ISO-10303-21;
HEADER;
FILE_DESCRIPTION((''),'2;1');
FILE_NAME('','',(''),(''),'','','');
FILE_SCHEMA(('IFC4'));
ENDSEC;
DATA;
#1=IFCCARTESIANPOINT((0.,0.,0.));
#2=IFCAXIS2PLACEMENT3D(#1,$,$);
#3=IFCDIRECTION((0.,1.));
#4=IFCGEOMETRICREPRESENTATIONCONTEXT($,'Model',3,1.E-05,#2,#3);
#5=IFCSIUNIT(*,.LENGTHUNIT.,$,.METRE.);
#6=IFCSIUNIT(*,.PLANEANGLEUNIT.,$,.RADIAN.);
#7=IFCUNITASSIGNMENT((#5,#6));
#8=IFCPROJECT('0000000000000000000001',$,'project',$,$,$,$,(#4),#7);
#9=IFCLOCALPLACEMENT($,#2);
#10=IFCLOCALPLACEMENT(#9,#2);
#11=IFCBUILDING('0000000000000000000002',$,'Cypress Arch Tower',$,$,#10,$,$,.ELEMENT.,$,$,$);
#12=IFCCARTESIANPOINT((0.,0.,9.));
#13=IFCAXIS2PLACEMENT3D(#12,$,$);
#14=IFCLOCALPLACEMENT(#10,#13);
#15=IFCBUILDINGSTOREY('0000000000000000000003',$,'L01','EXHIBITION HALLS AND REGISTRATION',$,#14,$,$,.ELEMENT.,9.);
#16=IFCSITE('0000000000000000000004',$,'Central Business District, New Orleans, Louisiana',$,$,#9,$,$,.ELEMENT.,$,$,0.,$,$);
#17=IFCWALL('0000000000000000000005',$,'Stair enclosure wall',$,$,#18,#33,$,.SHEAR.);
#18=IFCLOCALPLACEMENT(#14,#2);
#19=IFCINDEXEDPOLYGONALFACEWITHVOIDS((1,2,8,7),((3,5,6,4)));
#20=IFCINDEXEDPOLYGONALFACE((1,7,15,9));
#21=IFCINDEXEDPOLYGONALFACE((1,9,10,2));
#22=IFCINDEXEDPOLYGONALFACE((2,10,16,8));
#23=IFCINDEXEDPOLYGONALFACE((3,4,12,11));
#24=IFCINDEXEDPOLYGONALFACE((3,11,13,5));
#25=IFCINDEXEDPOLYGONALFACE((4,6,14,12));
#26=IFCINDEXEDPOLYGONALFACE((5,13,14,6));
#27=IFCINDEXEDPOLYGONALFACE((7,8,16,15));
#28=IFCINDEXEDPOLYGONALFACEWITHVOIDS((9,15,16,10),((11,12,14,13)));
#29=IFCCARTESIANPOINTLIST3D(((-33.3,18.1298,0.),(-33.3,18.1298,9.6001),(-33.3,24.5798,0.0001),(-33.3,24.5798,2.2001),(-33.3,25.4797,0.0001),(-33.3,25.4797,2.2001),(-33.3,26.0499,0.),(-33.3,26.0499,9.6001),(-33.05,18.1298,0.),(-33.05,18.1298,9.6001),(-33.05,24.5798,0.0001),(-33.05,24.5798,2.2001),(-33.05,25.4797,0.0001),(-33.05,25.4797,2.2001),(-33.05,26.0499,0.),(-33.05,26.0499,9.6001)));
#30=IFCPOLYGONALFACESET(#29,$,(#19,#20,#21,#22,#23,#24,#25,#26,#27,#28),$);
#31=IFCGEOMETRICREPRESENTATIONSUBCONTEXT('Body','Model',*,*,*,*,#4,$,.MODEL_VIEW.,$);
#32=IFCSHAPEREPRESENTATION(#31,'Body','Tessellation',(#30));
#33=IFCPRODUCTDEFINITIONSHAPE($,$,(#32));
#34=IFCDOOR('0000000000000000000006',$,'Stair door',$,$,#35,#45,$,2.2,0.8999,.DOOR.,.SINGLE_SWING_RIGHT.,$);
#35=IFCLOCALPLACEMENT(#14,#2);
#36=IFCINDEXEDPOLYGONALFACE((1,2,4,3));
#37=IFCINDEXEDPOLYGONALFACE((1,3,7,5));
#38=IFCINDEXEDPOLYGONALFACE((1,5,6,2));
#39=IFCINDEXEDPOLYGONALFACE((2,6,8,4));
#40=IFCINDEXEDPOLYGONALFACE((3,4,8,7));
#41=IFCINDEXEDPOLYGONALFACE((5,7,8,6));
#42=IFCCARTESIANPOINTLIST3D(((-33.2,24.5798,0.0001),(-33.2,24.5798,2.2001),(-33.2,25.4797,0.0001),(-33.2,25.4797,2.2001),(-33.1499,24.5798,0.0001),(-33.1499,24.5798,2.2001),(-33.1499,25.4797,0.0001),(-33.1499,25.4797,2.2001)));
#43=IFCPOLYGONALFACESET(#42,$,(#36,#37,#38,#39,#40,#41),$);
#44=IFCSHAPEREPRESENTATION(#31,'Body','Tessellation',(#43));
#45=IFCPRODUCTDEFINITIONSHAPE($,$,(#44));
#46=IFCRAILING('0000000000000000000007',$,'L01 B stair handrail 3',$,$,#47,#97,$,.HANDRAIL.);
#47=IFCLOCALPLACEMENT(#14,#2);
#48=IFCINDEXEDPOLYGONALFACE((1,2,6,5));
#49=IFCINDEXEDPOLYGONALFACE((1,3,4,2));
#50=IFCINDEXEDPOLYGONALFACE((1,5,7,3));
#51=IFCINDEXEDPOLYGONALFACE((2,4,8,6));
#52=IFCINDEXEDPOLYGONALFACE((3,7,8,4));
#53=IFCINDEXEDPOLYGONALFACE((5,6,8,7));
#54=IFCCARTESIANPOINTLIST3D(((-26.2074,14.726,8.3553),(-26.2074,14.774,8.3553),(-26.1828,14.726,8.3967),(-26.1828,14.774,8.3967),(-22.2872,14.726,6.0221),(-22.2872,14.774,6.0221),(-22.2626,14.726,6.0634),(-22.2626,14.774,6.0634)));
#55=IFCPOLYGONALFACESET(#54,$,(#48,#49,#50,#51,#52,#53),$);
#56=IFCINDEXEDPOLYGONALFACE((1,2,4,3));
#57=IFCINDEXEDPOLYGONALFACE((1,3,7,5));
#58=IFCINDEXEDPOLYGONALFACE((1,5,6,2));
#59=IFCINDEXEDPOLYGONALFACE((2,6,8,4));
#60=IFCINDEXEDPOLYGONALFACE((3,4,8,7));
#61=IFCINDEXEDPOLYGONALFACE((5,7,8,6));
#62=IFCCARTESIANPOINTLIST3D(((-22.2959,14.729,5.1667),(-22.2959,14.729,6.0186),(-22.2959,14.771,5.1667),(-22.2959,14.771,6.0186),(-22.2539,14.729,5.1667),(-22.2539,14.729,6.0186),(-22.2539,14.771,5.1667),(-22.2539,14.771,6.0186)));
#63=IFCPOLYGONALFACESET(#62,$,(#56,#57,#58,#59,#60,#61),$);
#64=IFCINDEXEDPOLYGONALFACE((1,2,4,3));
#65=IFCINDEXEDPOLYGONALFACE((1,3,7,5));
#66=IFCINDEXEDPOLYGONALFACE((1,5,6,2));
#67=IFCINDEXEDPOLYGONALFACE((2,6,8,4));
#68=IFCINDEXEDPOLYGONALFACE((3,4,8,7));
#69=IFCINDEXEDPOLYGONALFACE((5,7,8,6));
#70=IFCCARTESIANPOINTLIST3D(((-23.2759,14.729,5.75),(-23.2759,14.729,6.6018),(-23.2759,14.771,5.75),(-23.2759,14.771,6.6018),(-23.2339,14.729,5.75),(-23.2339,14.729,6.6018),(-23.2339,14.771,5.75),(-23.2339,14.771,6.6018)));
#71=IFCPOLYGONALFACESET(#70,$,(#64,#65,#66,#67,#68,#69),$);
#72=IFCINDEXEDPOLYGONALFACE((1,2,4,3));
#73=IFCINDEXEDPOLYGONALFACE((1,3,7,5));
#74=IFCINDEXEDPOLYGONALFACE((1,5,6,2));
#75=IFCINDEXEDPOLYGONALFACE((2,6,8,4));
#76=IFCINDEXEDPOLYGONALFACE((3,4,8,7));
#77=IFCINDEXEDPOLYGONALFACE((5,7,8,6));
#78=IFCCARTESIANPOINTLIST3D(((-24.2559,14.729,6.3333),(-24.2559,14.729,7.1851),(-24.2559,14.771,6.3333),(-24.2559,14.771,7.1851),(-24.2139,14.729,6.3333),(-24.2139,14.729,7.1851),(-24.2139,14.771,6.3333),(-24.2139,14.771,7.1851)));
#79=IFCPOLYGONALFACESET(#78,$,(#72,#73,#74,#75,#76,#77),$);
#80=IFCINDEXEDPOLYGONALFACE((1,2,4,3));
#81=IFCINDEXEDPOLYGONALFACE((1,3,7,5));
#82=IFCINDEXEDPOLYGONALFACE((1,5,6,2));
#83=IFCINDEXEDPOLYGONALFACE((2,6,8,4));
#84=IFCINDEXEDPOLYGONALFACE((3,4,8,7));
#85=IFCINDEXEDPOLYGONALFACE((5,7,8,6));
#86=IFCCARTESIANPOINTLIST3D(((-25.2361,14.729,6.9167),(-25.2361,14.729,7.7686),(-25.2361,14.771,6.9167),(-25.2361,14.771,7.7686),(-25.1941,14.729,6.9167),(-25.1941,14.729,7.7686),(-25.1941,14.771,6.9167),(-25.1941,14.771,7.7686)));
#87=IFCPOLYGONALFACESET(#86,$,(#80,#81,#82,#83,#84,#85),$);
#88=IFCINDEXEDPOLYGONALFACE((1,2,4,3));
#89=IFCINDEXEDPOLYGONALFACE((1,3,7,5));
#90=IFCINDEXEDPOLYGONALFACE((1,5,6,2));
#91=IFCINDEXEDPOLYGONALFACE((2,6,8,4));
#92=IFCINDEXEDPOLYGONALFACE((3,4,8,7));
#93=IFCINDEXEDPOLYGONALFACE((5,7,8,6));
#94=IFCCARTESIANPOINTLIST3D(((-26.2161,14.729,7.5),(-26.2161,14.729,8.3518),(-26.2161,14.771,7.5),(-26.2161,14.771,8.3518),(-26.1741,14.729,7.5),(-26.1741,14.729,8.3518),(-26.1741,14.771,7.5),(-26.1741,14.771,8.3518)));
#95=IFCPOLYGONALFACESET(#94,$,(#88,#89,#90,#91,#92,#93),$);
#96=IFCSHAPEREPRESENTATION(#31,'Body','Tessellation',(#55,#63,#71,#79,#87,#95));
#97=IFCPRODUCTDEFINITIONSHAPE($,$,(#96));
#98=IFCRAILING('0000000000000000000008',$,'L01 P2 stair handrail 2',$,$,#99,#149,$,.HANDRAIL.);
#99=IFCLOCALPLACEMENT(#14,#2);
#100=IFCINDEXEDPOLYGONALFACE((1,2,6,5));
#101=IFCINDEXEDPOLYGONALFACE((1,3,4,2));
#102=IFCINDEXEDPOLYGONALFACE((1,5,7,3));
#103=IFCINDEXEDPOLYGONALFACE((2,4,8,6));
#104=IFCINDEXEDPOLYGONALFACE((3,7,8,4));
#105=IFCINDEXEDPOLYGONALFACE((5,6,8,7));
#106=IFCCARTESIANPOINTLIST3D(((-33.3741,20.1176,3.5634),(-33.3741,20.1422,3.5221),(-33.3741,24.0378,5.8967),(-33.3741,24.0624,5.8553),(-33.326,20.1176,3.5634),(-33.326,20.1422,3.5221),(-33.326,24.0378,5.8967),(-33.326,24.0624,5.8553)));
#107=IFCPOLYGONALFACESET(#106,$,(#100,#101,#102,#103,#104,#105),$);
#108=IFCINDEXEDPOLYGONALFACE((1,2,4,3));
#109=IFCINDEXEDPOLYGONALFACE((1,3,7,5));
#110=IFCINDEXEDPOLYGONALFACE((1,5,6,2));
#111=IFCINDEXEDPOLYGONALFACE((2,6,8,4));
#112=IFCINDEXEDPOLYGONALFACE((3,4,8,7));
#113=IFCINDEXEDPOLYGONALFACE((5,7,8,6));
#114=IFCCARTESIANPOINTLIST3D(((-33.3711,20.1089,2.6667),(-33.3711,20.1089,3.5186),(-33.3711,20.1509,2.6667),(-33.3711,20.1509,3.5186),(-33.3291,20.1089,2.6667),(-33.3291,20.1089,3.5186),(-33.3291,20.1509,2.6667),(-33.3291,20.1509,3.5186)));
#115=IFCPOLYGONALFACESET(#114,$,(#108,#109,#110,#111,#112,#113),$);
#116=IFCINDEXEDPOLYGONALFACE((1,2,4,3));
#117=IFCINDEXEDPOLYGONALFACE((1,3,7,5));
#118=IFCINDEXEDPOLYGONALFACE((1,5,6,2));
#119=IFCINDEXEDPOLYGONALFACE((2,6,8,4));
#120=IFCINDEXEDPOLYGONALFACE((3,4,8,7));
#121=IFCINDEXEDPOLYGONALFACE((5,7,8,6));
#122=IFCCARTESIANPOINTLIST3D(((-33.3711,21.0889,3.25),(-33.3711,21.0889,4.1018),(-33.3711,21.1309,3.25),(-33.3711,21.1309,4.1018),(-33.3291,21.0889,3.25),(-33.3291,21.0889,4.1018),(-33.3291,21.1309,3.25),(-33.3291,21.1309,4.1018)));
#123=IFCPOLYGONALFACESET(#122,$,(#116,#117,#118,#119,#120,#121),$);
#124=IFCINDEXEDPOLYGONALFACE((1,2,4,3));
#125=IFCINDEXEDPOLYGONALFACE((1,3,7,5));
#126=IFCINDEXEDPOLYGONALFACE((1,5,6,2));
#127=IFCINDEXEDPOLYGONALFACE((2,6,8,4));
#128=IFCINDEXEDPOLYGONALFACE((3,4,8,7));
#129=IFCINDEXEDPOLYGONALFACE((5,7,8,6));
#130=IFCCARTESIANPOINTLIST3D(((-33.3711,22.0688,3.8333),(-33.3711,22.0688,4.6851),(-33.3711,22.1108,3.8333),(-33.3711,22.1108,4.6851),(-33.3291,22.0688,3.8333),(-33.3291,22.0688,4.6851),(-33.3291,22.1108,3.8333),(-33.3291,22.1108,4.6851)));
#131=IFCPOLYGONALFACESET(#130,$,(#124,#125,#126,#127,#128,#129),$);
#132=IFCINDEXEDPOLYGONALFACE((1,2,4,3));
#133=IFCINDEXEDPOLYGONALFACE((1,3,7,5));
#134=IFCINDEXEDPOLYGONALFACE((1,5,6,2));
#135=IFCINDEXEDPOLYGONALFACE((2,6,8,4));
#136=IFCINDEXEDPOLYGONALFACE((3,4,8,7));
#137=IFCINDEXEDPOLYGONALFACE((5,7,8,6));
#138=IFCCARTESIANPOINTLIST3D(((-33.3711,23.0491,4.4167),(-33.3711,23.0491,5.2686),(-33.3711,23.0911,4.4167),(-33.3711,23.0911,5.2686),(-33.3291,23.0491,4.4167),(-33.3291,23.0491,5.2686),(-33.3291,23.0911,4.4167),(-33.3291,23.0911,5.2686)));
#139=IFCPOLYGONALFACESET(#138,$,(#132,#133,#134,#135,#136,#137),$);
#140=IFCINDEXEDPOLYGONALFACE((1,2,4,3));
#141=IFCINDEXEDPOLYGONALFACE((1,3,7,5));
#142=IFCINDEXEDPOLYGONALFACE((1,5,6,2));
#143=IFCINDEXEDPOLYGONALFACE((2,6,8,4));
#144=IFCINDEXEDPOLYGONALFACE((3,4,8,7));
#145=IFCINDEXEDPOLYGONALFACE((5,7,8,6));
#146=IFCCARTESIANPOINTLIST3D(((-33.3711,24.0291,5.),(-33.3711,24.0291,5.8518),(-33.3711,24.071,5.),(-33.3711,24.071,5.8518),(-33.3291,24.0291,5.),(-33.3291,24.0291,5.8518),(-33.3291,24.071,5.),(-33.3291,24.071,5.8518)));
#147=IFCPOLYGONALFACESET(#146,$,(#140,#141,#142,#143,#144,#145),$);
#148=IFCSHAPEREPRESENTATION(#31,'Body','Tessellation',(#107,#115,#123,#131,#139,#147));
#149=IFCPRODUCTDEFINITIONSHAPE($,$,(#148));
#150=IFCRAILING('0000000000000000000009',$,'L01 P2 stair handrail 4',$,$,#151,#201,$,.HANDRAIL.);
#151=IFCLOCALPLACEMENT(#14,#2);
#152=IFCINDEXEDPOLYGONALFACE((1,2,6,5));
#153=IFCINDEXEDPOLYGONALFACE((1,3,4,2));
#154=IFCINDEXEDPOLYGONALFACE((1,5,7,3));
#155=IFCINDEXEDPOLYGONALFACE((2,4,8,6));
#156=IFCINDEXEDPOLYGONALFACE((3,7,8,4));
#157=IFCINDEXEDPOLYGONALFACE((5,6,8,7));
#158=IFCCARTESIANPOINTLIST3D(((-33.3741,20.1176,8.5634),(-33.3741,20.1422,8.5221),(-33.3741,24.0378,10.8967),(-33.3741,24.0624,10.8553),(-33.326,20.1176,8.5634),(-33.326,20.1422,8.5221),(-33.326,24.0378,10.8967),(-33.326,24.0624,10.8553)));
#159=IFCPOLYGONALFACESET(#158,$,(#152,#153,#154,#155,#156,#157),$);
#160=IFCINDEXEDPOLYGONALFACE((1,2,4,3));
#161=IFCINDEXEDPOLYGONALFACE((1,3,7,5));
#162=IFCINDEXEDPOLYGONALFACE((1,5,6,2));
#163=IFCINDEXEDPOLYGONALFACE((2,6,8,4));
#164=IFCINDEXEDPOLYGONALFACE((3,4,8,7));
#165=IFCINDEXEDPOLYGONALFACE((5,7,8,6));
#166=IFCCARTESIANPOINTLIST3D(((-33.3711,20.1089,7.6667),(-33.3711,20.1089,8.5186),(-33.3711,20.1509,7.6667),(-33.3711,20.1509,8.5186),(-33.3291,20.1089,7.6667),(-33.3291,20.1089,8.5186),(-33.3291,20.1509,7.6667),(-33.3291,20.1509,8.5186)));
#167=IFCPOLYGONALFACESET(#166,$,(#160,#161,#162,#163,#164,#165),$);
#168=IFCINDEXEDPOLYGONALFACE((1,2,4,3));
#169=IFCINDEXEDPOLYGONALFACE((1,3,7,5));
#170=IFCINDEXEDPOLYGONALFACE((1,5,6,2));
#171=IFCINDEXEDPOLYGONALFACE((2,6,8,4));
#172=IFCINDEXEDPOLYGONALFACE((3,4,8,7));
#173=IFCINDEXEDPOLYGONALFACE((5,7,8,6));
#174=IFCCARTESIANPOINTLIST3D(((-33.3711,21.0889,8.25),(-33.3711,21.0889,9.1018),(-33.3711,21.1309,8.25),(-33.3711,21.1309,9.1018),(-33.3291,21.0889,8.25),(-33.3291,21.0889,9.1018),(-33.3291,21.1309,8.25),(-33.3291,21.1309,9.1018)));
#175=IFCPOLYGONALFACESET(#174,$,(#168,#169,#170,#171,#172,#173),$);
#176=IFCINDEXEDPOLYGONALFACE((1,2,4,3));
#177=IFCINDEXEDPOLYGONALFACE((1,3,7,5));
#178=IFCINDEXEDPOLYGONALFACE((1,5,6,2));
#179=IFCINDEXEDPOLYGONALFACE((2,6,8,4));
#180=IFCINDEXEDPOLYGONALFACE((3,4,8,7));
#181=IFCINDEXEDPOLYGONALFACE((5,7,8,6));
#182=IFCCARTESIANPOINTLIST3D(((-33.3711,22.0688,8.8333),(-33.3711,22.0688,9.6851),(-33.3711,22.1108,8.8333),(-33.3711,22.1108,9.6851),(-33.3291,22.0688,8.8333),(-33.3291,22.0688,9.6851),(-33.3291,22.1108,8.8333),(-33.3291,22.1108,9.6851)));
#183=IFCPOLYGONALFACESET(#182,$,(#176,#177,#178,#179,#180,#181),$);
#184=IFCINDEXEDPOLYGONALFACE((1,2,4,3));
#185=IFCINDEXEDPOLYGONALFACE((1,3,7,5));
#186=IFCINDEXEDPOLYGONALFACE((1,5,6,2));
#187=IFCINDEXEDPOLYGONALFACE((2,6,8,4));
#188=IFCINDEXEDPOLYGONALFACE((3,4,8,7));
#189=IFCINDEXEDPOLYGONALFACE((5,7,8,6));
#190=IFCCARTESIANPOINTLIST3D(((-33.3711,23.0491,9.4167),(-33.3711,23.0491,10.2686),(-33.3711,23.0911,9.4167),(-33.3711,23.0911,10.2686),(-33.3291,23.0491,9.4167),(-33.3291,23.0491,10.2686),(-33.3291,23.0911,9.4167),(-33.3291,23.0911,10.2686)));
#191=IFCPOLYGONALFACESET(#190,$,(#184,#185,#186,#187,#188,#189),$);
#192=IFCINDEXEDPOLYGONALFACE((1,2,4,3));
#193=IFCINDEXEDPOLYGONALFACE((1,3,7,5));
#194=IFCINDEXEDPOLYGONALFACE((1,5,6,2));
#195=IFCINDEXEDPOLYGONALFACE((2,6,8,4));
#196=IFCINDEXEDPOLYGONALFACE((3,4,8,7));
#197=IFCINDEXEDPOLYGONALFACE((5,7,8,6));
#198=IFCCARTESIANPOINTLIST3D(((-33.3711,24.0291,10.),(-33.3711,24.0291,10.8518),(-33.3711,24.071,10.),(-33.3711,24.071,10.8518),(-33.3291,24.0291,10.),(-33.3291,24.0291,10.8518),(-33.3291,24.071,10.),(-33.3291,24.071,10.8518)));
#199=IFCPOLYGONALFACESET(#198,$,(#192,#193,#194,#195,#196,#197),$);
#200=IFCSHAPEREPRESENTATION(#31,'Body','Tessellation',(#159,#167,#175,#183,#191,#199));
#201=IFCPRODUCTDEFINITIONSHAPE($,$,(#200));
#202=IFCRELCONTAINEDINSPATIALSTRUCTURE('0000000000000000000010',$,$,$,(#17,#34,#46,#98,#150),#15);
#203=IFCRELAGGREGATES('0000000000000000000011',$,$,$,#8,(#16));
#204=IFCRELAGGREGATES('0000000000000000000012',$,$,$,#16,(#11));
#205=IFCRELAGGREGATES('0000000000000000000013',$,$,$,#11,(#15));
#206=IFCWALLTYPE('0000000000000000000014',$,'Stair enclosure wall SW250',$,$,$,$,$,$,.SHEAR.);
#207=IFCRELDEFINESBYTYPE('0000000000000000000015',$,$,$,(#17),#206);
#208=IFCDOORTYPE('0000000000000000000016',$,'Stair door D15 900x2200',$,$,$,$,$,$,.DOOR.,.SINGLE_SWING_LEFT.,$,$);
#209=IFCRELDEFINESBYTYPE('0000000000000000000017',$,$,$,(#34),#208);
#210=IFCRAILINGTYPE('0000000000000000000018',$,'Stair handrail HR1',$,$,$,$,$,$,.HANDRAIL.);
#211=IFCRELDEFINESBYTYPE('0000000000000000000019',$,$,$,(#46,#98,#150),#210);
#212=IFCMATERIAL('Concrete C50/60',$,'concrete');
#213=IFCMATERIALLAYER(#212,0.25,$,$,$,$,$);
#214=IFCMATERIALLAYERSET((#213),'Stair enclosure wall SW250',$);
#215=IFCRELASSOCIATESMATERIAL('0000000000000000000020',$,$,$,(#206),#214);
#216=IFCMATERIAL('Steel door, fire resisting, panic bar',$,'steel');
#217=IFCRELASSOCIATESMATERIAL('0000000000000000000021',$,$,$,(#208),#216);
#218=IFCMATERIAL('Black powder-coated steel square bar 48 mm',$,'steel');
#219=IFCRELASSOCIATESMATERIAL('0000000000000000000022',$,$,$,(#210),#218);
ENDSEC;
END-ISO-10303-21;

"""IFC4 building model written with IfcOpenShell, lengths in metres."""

from ifc_helpers import new_model, si_unit, direction, frame, frame_2d, origin, origin_2d, place, context, subcontext, project, spatial, rectangle, extrude, material, layer, layer_set, type_object, element, fill, save


model = new_model("IFC4")

# Units and contexts
model_context = context("Model", 3, precision=1e-05, world=origin(), true_north=direction((0.0, 1.0)))
body_context = subcontext(model_context, "Body", "Model", "MODEL_VIEW")
ifc_project = project(units=[si_unit("LENGTHUNIT", "METRE"), si_unit("PLANEANGLEUNIT", "RADIAN")], contexts=[model_context])

# Site, building, storey
site_placement = place(None, origin())
site = spatial("IfcSite", under=ifc_project, at=site_placement, Name="Central Business District, New Orleans, Louisiana", CompositionType="ELEMENT", RefElevation=0.0)
building_placement = place(site_placement, origin())
building = spatial("IfcBuilding", under=site, at=building_placement, Name="Cypress Arch Tower", CompositionType="ELEMENT")
storey_placement = place(building_placement, frame((0.0, 0.0, 9.0)))
storey = spatial("IfcBuildingStorey", under=building, at=storey_placement, Name="L01", Description="EXHIBITION HALLS AND REGISTRATION", CompositionType="ELEMENT", Elevation=9.0)

# Wall, opening, door
ifc_material_1 = material(Name="Concrete C50/60", Category="concrete")
ifc_layer_1 = layer(ifc_material_1, 0.25)
ifc_layer_set_1 = layer_set([ifc_layer_1], Name="Stair enclosure wall SW250")
wall_type_1 = type_object("IfcWallType", Name="Stair enclosure wall SW250", PredefinedType="SHEAR", material=ifc_layer_set_1)
wall_1_placement = place(storey_placement, frame((-33.175, 18.1299, 0.0), z_axis=(0.0, 0.0, 1.0), x_axis=(0.0, 1.0, 0.0)))
wall_1 = element("IfcWall", 1, at=wall_1_placement, inside=storey, type_object=wall_type_1, Name="Stair enclosure wall", PredefinedType="SHEAR", context=body_context, shape_type="SweptSolid", body=[
    extrude(rectangle(XDim=7.9202, YDim=0.25, at=frame_2d((3.96, 0.0))), origin(), (0.0, 0.0, 1.0), 9.6001),
])
opening_1_placement = place(wall_1_placement, frame((6.45, 0.0, 0.0)))
opening_1 = element("IfcOpeningElement", 2, at=opening_1_placement, cuts=wall_1, PredefinedType="OPENING", context=body_context, shape_type="SweptSolid", body=[
    extrude(rectangle(XDim=0.8999, YDim=2.2, at=frame_2d((0.45, 1.1001))), frame((0.0, 0.135, 0.0), z_axis=(0.0, -1.0, 0.0), x_axis=(1.0, 0.0, 0.0)), (0.0, 0.0, 1.0), 0.27),
])
ifc_material_2 = material(Name="Steel door, fire resisting, panic bar", Category="steel")
door_type_1 = type_object("IfcDoorType", Name="Stair door D15 900x2200", OperationType="SINGLE_SWING_LEFT", PredefinedType="DOOR", material=ifc_material_2)
door_1_placement = place(opening_1_placement, origin())
door_1 = element("IfcDoor", 3, at=door_1_placement, inside=storey, type_object=door_type_1, Name="Stair door", OperationType="SINGLE_SWING_RIGHT", OverallHeight=2.2, OverallWidth=0.8999, PredefinedType="DOOR", context=body_context, shape_type="SweptSolid", body=[
    extrude(rectangle(XDim=0.8999, YDim=2.2, at=frame_2d((0.45, 1.1001))), frame((0.0, 0.0249, 0.0), z_axis=(0.0, -1.0, 0.0), x_axis=(1.0, 0.0, 0.0)), (0.0, 0.0, 1.0), 0.05),
])
fill(opening_1, door_1)

# Railings
ifc_material_3 = material(Name="Black powder-coated steel square bar 48 mm", Category="steel")
railing_type = type_object("IfcRailingType", Name="Stair handrail HR1", PredefinedType="HANDRAIL", material=ifc_material_3)
railing_placement = place(storey_placement, frame((-22.2749, 14.75, 5.1667)))
element("IfcRailing", 4, at=railing_placement, inside=storey, type_object=railing_type, Name="L01 B stair handrail 3", PredefinedType="HANDRAIL", context=body_context, shape_type="SweptSolid", body=[
    extrude(rectangle(XDim=0.0481, YDim=0.0481, at=origin_2d()), frame((0.0, 0.0, 0.876), z_axis=(-0.85931, 0.0, 0.511455), x_axis=(0.0, -1.0, 0.0)), (0.0, 0.0, 1.0), 4.562),
    extrude(rectangle(XDim=0.042, YDim=0.042, at=origin_2d()), origin(), (0.0, 0.0, 1.0), 0.8518),
    extrude(rectangle(XDim=0.042, YDim=0.042, at=origin_2d()), frame((-0.98, 0.0, 0.5833)), (0.0, 0.0, 1.0), 0.8518),
    extrude(rectangle(XDim=0.042, YDim=0.042, at=origin_2d()), frame((-1.96, 0.0, 1.1665)), (0.0, 0.0, 1.0), 0.8518),
    extrude(rectangle(XDim=0.042, YDim=0.042, at=origin_2d()), frame((-2.9402, 0.0, 1.75)), (0.0, 0.0, 1.0), 0.8518),
    extrude(rectangle(XDim=0.042, YDim=0.042, at=origin_2d()), frame((-3.9202, 0.0, 2.3333)), (0.0, 0.0, 1.0), 0.8518),
])
for number, where, name in (
    (5, (-33.3501, 20.1299, 2.6667), "L01 P2 stair handrail 2"),
    (6, (-33.3501, 20.1299, 7.6667), "L01 P2 stair handrail 4"),
):
    element("IfcRailing", number, at=place(storey_placement, frame(where)), inside=storey, type_object=railing_type, Name=name, PredefinedType="HANDRAIL", context=body_context, shape_type="SweptSolid", body=[
        extrude(rectangle(XDim=0.0481, YDim=0.0481, at=origin_2d()), frame((0.0, 0.0, 0.876), z_axis=(0.0, 0.85931, 0.511455), x_axis=(-1.0, 0.0, 0.0)), (0.0, 0.0, 1.0), 4.562),
        extrude(rectangle(XDim=0.042, YDim=0.042, at=origin_2d()), origin(), (0.0, 0.0, 1.0), 0.8518),
        extrude(rectangle(XDim=0.042, YDim=0.042, at=origin_2d()), frame((0.0, 0.98, 0.5833)), (0.0, 0.0, 1.0), 0.8518),
        extrude(rectangle(XDim=0.042, YDim=0.042, at=origin_2d()), frame((0.0, 1.96, 1.1665)), (0.0, 0.0, 1.0), 0.8518),
        extrude(rectangle(XDim=0.042, YDim=0.042, at=origin_2d()), frame((0.0, 2.9402, 1.75)), (0.0, 0.0, 1.0), 0.8518),
        extrude(rectangle(XDim=0.042, YDim=0.042, at=origin_2d()), frame((0.0, 3.9202, 2.3333)), (0.0, 0.0, 1.0), 0.8518),
    ])

save(model, "model.ifc")
